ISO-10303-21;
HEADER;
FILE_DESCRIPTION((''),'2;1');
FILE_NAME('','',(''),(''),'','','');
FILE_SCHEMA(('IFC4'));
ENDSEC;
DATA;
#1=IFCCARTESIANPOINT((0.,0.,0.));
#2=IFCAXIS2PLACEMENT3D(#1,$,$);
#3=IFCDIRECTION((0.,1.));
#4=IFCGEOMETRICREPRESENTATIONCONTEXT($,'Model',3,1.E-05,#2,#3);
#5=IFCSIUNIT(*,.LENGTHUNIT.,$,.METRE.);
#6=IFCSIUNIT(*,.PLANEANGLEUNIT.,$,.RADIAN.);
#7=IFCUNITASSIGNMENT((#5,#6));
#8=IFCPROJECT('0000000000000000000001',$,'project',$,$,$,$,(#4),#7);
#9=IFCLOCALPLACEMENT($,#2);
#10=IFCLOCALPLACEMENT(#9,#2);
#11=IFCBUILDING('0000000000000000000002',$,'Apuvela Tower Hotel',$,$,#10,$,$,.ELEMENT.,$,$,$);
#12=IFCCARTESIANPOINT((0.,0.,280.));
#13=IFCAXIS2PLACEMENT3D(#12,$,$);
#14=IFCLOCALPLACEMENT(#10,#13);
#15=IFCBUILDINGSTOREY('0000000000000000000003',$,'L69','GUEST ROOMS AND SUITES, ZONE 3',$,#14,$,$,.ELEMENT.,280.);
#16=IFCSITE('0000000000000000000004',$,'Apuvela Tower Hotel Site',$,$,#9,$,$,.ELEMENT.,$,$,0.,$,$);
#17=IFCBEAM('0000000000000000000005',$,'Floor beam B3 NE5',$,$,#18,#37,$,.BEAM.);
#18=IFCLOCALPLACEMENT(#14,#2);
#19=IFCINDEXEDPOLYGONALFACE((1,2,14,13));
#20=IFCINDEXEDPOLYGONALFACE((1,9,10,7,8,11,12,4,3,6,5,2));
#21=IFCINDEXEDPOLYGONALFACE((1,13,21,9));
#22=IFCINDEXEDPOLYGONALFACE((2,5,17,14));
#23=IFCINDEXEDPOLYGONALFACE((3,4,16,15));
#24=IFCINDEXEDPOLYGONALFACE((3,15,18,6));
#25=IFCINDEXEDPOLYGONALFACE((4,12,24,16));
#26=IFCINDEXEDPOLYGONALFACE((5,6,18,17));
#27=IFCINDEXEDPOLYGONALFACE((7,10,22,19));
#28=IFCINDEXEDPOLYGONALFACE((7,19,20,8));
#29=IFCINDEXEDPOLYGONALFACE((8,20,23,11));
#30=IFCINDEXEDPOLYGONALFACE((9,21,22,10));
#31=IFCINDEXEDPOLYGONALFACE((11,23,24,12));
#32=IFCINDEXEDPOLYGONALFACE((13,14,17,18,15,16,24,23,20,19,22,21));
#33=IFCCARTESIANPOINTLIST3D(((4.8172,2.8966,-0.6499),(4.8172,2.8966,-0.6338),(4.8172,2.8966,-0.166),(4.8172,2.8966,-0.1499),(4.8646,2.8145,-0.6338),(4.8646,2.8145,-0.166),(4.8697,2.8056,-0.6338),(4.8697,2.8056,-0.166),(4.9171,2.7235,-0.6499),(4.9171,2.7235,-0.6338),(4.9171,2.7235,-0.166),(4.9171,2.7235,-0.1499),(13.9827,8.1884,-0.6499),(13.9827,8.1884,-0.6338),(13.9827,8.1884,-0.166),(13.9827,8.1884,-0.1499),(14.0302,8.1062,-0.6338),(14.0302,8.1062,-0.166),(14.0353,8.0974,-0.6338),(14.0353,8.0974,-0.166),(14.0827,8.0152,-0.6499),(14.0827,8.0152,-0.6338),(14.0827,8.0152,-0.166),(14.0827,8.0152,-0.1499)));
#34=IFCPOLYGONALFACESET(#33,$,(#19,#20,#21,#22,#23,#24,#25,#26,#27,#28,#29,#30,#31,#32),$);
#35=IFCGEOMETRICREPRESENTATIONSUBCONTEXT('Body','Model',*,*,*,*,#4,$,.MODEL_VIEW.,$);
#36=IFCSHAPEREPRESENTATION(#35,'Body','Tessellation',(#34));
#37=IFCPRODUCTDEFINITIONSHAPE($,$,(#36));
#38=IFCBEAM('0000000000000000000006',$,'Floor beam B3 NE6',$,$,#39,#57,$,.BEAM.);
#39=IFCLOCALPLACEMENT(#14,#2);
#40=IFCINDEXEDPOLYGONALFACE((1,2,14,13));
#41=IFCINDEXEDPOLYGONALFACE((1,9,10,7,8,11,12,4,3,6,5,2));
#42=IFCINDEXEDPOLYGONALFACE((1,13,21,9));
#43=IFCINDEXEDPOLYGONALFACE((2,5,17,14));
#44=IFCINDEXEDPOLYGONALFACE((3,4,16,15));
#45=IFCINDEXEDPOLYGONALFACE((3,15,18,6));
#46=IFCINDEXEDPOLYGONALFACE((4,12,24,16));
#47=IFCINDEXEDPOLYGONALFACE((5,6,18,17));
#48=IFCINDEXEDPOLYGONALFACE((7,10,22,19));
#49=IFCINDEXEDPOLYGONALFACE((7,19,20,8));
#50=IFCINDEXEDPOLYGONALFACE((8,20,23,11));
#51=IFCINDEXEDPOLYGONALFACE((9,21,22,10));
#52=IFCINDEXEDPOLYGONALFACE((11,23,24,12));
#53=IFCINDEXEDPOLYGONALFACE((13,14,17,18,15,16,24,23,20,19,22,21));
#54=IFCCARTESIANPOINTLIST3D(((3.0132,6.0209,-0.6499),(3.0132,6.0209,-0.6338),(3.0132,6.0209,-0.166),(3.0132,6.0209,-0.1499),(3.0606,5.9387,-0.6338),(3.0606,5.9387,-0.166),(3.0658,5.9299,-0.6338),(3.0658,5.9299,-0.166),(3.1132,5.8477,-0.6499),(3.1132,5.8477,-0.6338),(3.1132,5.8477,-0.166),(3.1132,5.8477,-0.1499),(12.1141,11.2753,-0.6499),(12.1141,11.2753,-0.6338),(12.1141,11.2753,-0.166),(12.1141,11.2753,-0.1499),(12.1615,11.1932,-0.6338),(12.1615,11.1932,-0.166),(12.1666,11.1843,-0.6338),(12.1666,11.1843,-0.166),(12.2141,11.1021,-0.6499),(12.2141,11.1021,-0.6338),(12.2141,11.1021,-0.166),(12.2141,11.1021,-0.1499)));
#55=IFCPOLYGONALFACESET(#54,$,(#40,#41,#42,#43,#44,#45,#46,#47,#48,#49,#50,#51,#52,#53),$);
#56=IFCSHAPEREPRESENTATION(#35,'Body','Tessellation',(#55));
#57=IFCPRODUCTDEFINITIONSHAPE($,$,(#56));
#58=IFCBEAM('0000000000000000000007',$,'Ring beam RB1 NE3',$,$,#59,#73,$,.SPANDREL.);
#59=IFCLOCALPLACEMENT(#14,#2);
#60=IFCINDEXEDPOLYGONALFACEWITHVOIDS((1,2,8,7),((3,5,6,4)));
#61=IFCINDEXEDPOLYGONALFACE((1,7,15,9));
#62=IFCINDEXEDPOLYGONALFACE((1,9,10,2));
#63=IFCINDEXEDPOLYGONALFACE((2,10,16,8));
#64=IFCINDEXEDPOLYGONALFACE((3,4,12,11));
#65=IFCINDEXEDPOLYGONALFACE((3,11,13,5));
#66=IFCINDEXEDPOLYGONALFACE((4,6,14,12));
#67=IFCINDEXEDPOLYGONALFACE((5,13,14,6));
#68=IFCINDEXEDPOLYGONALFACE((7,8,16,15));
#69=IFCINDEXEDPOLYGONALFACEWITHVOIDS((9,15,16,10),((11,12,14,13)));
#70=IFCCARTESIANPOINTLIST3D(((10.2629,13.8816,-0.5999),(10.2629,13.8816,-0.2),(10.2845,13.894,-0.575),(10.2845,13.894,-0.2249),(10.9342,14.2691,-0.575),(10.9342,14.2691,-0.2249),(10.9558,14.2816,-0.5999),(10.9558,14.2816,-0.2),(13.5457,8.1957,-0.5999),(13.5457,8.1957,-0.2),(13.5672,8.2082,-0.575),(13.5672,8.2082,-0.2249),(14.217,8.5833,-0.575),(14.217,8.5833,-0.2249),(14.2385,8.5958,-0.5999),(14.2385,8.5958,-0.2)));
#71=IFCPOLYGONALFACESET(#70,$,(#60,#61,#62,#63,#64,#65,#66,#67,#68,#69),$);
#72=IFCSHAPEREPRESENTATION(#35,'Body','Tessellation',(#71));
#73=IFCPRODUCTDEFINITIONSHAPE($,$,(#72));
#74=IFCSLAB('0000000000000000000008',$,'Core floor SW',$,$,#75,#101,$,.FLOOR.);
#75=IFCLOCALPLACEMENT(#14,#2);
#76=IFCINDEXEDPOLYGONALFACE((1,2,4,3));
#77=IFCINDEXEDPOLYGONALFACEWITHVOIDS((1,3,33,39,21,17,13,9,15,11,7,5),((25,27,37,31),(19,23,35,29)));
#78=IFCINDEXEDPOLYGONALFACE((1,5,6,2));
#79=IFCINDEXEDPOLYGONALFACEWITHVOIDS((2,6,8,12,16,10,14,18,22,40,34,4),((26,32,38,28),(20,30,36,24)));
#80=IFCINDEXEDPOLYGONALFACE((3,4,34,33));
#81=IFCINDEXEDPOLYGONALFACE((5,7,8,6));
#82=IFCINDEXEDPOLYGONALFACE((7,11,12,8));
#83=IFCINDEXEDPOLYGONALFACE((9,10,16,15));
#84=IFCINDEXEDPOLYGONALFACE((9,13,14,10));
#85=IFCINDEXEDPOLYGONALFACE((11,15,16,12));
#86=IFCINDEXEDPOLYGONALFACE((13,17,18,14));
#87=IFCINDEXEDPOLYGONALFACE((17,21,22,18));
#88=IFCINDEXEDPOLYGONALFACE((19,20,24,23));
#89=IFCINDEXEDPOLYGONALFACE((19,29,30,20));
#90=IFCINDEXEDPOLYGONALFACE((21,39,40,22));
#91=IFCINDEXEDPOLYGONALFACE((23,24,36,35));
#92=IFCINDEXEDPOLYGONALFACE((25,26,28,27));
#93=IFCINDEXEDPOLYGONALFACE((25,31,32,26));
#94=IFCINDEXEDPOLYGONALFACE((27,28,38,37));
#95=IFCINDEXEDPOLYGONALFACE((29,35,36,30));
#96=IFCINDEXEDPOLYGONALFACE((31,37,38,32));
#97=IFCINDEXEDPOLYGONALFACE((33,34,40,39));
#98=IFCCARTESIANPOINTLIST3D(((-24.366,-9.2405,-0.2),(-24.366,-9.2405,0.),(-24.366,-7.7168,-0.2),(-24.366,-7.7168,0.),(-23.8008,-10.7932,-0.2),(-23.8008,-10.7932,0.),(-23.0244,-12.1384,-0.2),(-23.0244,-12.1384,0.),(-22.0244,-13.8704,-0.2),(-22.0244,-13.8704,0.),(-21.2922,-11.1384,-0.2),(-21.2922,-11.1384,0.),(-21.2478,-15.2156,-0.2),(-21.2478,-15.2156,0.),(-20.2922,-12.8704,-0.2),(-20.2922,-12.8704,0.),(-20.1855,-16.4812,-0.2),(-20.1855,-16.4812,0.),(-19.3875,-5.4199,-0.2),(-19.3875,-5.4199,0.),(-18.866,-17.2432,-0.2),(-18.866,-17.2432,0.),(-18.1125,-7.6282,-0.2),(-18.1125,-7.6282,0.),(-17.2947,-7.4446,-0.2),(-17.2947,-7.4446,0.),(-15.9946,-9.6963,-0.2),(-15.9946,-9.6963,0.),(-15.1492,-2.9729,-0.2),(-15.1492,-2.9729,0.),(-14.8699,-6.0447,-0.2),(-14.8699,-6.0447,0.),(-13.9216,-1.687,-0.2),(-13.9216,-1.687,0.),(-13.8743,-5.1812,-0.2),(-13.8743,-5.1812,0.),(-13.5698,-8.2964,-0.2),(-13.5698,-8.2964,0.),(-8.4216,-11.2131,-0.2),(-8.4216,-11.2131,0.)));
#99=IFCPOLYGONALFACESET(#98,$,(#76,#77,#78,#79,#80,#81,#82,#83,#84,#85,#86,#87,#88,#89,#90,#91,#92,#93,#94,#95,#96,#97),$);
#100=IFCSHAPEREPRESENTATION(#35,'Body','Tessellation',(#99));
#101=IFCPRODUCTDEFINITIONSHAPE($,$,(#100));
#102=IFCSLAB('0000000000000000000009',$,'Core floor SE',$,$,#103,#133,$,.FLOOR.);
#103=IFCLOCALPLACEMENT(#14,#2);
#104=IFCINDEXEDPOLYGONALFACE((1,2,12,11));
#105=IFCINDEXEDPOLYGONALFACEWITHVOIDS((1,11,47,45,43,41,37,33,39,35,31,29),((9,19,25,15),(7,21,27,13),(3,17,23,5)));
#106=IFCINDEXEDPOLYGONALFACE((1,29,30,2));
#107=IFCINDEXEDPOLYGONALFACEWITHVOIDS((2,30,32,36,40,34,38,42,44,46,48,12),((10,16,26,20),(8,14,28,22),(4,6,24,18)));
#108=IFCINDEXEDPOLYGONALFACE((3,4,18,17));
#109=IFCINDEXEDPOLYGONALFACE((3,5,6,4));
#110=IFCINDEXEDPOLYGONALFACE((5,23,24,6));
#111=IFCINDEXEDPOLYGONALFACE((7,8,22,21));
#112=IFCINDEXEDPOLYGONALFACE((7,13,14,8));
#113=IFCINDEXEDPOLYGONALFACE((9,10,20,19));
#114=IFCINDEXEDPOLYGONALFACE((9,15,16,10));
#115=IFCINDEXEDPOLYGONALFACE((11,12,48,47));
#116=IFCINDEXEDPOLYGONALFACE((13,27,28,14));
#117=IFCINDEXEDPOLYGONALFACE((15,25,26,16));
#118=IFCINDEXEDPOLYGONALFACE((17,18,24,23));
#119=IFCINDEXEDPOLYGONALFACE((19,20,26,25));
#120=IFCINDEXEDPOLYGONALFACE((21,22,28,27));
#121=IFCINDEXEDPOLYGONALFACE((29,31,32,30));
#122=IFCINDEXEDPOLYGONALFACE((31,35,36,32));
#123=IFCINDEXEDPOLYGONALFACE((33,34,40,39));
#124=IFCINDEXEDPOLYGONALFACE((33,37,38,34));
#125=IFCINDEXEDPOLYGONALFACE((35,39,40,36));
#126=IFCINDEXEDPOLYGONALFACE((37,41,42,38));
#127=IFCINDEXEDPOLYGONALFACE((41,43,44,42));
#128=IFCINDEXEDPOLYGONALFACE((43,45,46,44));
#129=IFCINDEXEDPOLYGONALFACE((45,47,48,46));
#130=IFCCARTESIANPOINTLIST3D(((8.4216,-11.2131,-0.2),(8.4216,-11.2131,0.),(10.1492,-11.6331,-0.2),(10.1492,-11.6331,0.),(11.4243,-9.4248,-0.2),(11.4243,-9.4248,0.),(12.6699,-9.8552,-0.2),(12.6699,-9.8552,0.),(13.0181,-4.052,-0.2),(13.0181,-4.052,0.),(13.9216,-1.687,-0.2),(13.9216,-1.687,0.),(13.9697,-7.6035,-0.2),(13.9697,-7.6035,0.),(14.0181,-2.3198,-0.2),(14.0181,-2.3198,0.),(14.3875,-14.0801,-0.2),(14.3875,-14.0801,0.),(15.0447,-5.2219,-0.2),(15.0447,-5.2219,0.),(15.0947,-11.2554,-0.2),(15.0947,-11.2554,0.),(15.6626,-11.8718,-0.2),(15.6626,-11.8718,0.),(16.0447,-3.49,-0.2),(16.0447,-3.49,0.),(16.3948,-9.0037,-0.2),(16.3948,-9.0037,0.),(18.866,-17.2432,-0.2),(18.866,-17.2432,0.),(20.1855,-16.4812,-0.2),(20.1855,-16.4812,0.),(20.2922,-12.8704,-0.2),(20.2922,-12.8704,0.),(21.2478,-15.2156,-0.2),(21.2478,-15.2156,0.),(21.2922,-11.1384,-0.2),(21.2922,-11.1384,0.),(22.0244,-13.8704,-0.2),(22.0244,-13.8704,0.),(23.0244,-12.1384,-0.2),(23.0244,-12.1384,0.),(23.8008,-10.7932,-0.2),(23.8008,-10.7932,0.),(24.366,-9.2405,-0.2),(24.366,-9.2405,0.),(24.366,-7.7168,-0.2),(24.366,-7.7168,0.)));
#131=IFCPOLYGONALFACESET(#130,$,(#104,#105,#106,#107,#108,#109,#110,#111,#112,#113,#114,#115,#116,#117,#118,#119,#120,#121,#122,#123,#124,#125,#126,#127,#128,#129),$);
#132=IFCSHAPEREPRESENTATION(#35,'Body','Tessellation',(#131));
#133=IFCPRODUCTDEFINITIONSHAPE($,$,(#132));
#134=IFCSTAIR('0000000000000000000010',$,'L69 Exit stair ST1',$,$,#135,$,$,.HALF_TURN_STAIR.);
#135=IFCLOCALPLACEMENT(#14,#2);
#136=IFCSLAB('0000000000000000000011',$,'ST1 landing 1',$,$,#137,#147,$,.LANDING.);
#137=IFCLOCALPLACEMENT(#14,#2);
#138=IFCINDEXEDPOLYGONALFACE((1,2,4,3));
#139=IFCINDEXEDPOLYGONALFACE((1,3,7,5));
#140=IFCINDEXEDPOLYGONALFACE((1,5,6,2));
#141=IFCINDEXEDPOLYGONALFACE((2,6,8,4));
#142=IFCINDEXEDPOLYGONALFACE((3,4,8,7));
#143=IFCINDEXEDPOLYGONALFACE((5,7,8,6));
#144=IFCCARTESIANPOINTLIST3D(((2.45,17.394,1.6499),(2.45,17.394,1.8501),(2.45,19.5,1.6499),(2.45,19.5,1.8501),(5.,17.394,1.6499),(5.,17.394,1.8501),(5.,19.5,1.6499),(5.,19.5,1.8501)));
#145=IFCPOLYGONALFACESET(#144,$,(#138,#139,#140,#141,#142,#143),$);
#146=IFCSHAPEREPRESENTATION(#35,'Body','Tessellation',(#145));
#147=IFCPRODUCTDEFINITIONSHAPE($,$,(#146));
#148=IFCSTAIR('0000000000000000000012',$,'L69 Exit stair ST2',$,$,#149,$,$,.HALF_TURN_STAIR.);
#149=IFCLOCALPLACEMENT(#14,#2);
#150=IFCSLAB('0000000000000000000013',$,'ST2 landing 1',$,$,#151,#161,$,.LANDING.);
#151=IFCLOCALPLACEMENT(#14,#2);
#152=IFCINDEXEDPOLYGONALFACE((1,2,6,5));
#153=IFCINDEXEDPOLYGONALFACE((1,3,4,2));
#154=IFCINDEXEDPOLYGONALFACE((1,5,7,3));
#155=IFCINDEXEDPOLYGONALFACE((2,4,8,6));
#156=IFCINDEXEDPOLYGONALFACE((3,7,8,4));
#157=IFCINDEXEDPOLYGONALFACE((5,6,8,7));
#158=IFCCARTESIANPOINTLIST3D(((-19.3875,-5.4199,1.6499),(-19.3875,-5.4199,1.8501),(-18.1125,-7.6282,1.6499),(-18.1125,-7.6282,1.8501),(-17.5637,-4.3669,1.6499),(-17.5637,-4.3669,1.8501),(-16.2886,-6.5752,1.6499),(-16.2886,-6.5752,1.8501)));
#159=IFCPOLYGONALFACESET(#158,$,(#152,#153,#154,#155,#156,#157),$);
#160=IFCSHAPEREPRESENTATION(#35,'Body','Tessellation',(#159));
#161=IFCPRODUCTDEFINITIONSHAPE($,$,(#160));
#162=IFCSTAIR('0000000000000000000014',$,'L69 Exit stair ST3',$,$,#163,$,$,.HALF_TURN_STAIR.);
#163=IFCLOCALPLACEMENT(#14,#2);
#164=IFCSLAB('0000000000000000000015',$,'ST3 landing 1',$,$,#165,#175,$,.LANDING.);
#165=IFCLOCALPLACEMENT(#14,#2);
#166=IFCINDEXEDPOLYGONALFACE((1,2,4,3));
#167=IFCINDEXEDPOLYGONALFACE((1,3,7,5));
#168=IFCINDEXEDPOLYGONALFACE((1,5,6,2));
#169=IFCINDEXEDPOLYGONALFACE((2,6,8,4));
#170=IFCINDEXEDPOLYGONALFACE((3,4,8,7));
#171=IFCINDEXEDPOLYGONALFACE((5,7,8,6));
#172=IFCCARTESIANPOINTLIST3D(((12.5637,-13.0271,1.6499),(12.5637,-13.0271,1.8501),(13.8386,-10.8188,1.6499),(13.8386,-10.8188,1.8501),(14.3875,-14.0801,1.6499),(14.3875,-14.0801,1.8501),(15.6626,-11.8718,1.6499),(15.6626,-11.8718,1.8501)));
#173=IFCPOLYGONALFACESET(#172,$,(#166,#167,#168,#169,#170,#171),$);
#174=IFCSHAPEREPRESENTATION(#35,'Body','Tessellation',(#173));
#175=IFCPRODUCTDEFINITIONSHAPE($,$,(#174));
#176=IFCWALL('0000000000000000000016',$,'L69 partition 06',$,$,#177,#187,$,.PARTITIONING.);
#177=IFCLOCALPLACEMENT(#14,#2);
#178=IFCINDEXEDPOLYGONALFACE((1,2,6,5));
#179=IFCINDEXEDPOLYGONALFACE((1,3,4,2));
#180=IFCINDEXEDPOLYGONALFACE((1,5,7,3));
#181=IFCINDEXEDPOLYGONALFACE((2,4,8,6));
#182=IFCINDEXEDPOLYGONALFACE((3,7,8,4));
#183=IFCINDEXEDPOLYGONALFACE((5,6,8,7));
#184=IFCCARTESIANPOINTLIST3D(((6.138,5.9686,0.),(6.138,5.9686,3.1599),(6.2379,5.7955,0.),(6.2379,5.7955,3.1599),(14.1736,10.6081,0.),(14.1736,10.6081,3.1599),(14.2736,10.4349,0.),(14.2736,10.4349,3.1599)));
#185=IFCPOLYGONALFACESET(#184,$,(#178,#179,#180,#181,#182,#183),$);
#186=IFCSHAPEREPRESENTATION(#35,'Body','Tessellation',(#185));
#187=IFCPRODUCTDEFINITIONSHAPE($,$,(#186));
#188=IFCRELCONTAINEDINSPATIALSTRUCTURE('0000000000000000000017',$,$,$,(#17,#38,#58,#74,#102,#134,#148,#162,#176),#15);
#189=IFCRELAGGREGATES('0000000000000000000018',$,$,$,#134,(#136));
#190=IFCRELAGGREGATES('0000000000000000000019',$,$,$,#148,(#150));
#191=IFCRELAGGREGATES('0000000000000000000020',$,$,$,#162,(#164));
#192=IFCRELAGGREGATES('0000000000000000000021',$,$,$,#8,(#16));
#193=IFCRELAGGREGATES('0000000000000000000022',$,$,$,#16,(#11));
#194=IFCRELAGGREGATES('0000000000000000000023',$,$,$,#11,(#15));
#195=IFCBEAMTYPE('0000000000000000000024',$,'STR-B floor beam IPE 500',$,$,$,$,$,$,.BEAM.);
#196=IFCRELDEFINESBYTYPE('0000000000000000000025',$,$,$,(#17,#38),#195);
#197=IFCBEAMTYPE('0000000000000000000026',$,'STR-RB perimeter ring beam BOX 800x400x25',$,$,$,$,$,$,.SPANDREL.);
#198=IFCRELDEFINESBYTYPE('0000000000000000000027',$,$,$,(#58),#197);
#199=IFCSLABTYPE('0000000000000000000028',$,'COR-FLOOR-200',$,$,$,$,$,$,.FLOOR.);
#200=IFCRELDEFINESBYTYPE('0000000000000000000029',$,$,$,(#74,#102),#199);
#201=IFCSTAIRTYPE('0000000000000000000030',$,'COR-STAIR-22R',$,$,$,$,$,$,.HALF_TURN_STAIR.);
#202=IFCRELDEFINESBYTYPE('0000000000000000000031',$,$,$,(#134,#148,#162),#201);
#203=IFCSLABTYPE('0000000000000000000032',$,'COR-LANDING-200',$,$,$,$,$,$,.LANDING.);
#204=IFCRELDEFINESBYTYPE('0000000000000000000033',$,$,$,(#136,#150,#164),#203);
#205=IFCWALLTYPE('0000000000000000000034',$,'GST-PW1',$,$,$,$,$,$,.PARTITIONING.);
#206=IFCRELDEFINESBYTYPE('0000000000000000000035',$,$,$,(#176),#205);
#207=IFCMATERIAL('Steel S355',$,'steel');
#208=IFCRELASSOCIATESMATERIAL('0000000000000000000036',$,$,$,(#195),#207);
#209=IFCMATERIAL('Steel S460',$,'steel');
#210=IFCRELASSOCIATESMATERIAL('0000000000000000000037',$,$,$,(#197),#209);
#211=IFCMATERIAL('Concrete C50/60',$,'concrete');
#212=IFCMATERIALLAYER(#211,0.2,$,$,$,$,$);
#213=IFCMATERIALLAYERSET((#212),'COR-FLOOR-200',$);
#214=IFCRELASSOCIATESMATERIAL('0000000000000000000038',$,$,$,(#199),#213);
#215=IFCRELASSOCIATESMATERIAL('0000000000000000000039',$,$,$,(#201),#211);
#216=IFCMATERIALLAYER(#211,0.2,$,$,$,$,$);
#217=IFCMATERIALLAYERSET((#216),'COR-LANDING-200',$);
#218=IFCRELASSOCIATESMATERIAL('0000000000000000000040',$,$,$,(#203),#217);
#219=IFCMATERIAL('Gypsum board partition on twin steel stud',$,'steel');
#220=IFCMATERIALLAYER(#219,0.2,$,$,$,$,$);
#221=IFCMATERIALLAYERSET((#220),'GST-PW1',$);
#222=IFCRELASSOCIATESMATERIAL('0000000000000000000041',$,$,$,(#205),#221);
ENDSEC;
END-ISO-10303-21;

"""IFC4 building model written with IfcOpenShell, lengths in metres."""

from ifc_helpers import new_model, si_unit, direction, frame, frame_2d, origin, origin_2d, place, context, subcontext, project, spatial, polyline, rectangle, hollow_rectangle, i_section, outline, extrude, material, layer, layer_set, material_profile, profile_set, type_object, element, aggregate, save


model = new_model("IFC4")

# Units and contexts
model_context = context("Model", 3, precision=1e-05, world=origin(), true_north=direction((0.0, 1.0)))
body_context = subcontext(model_context, "Body", "Model", "MODEL_VIEW")
ifc_project = project(units=[si_unit("LENGTHUNIT", "METRE"), si_unit("PLANEANGLEUNIT", "RADIAN")], contexts=[model_context])

# Site, building, storey
site_placement = place(None, origin())
site = spatial("IfcSite", under=ifc_project, at=site_placement, Name="Apuvela Tower Hotel Site", CompositionType="ELEMENT", RefElevation=0.0)
building_placement = place(site_placement, origin())
building = spatial("IfcBuilding", under=site, at=building_placement, Name="Apuvela Tower Hotel", CompositionType="ELEMENT")
storey_placement = place(building_placement, frame((0.0, 0.0, 280.0)))
storey = spatial("IfcBuildingStorey", under=building, at=storey_placement, Name="L69", Description="GUEST ROOMS AND SUITES, ZONE 3", CompositionType="ELEMENT", Elevation=280.0)

# Beams
ifc_material_1 = material(Name="Steel S355", Category="steel")
ifc_material_profile_1 = material_profile(ifc_material_1, i_section(OverallWidth=0.2, OverallDepth=0.5, WebThickness=0.0103, FlangeThickness=0.0161, at=origin_2d()), Name="IPE 500")
ifc_profile_set_1 = profile_set([ifc_material_profile_1], Name="Steel S355")
beam_type_1 = type_object("IfcBeamType", Name="STR-B floor beam IPE 500", PredefinedType="BEAM", material=ifc_profile_set_1)
beam_1_placement = place(storey_placement, frame((14.0327, 8.1018, -0.3999), z_axis=(-0.866024, -0.500002, 0.0), x_axis=(0.500002, -0.866024, 0.0)))
element("IfcBeam", 1, at=beam_1_placement, inside=storey, type_object=beam_type_1, Name="Floor beam B3 NE5", PredefinedType="BEAM", context=body_context, shape_type="SweptSolid", body=[
    extrude(i_section(OverallWidth=0.2, OverallDepth=0.5, WebThickness=0.0103, FlangeThickness=0.0161, at=origin_2d()), origin(), (0.0, 0.0, 1.0), 10.5835),
])
beam_2_placement = place(storey_placement, frame((12.1641, 11.1887, -0.3999), z_axis=(-0.866024, -0.500002, 0.0), x_axis=(0.500002, -0.866024, 0.0)))
element("IfcBeam", 2, at=beam_2_placement, inside=storey, type_object=beam_type_1, Name="Floor beam B3 NE6", PredefinedType="BEAM", context=body_context, shape_type="SweptSolid", body=[
    extrude(i_section(OverallWidth=0.2, OverallDepth=0.5, WebThickness=0.0103, FlangeThickness=0.0161, at=origin_2d()), origin(), (0.0, 0.0, 1.0), 10.5088),
])
ifc_material_2 = material(Name="Steel S460", Category="steel")
ifc_material_profile_2 = material_profile(ifc_material_2, hollow_rectangle(XDim=0.8, YDim=0.3999, WallThickness=0.0249, at=origin_2d()), Name="BOX 800x400x25")
ifc_profile_set_2 = profile_set([ifc_material_profile_2], Name="Steel S460")
beam_type_2 = type_object("IfcBeamType", Name="STR-RB perimeter ring beam BOX 800x400x25", PredefinedType="SPANDREL", material=ifc_profile_set_2)
beam_3_placement = place(storey_placement, frame((13.8921, 8.3958, -0.3999), z_axis=(-0.500002, 0.866024, 0.0), x_axis=(-0.866024, -0.500002, 0.0)))
element("IfcBeam", 3, at=beam_3_placement, inside=storey, type_object=beam_type_2, Name="Ring beam RB1 NE3", PredefinedType="SPANDREL", context=body_context, shape_type="SweptSolid", body=[
    extrude(hollow_rectangle(XDim=0.8, YDim=0.3999, WallThickness=0.0249, at=origin_2d()), origin(), (0.0, 0.0, 1.0), 6.5654),
])

# Slabs
ifc_material_3 = material(Name="Concrete C50/60", Category="concrete")
ifc_layer_1 = layer(ifc_material_3, 0.2)
ifc_layer_set_1 = layer_set([ifc_layer_1], Name="COR-FLOOR-200")
slab_type_1 = type_object("IfcSlabType", Name="COR-FLOOR-200", PredefinedType="FLOOR", material=ifc_layer_set_1)
slab_1_placement = place(storey_placement, frame((0.0, 0.0, -0.2)))
element("IfcSlab", 4, at=slab_1_placement, inside=storey, type_object=slab_type_1, Name="Core floor SW", PredefinedType="FLOOR", context=body_context, shape_type="SweptSolid", body=[
    extrude(outline(polyline([(-24.366, -7.7168), (-24.366, -9.2405), (-23.8008, -10.7932), (-23.0244, -12.1384), (-21.2922, -11.1384), (-20.2922, -12.8704), (-22.0244, -13.8704), (-21.2478, -15.2156), (-20.1855, -16.4812), (-18.866, -17.2432), (-8.4216, -11.2131), (-13.9216, -1.687), (-24.366, -7.7168)]), holes=[polyline([(-13.8743, -5.1812), (-18.1125, -7.6282), (-19.3875, -5.4199), (-15.1492, -2.9729), (-13.8743, -5.1812)]), polyline([(-13.5698, -8.2964), (-15.9946, -9.6963), (-17.2947, -7.4446), (-14.8699, -6.0447), (-13.5698, -8.2964)])]), origin(), (0.0, 0.0, 1.0), 0.2),
])
slab_2_placement = place(storey_placement, frame((0.0, 0.0, -0.2)))
element("IfcSlab", 5, at=slab_2_placement, inside=storey, type_object=slab_type_1, Name="Core floor SE", PredefinedType="FLOOR", context=body_context, shape_type="SweptSolid", body=[
    extrude(outline(polyline([(18.866, -17.2432), (20.1855, -16.4812), (21.2478, -15.2156), (22.0244, -13.8704), (20.2922, -12.8704), (21.2922, -11.1384), (23.0244, -12.1384), (23.8008, -10.7932), (24.366, -9.2405), (24.366, -7.7168), (13.9216, -1.687), (8.4216, -11.2131), (18.866, -17.2432)]), holes=[polyline([(14.0181, -2.3198), (16.0447, -3.49), (15.0447, -5.2219), (13.0181, -4.052), (14.0181, -2.3198)]), polyline([(10.1492, -11.6331), (11.4243, -9.4248), (15.6626, -11.8718), (14.3875, -14.0801), (10.1492, -11.6331)]), polyline([(12.6699, -9.8552), (13.9697, -7.6035), (16.3948, -9.0037), (15.0947, -11.2554), (12.6699, -9.8552)])]), origin(), (0.0, 0.0, 1.0), 0.2),
])

# Stairs, slabs
stair_type = type_object("IfcStairType", Name="COR-STAIR-22R", PredefinedType="HALF_TURN_STAIR", material=ifc_material_3)
stair_1_placement = place(storey_placement, origin())
stair_1 = element("IfcStair", 6, at=stair_1_placement, inside=storey, type_object=stair_type, Name="L69 Exit stair ST1", PredefinedType="HALF_TURN_STAIR")
ifc_layer_2 = layer(ifc_material_3, 0.2)
ifc_layer_set_2 = layer_set([ifc_layer_2], Name="COR-LANDING-200")
slab_type_2 = type_object("IfcSlabType", Name="COR-LANDING-200", PredefinedType="LANDING", material=ifc_layer_set_2)
slab_3_placement = place(storey_placement, frame((0.0, 0.0, 1.6499)))
slab_3 = element("IfcSlab", 7, at=slab_3_placement, type_object=slab_type_2, Name="ST1 landing 1", PredefinedType="LANDING", context=body_context, shape_type="SweptSolid", body=[
    extrude(outline(polyline([(5.0, 17.394), (5.0, 19.5), (2.45, 19.5), (2.45, 17.394), (5.0, 17.394)])), origin(), (0.0, 0.0, 1.0), 0.2002),
])
aggregate(stair_1, [slab_3])
stair_2_placement = place(storey_placement, origin())
stair_2 = element("IfcStair", 8, at=stair_2_placement, inside=storey, type_object=stair_type, Name="L69 Exit stair ST2", PredefinedType="HALF_TURN_STAIR")
slab_4_placement = place(storey_placement, frame((0.0, 0.0, 1.6499)))
slab_4 = element("IfcSlab", 9, at=slab_4_placement, type_object=slab_type_2, Name="ST2 landing 1", PredefinedType="LANDING", context=body_context, shape_type="SweptSolid", body=[
    extrude(outline(polyline([(-17.5637, -4.3669), (-19.3875, -5.4199), (-18.1125, -7.6282), (-16.2886, -6.5752), (-17.5637, -4.3669)])), origin(), (0.0, 0.0, 1.0), 0.2002),
])
aggregate(stair_2, [slab_4])
stair_3_placement = place(storey_placement, origin())
stair_3 = element("IfcStair", 10, at=stair_3_placement, inside=storey, type_object=stair_type, Name="L69 Exit stair ST3", PredefinedType="HALF_TURN_STAIR")
slab_5_placement = place(storey_placement, frame((0.0, 0.0, 1.6499)))
slab_5 = element("IfcSlab", 11, at=slab_5_placement, type_object=slab_type_2, Name="ST3 landing 1", PredefinedType="LANDING", context=body_context, shape_type="SweptSolid", body=[
    extrude(outline(polyline([(12.5637, -13.0271), (14.3875, -14.0801), (15.6626, -11.8718), (13.8386, -10.8188), (12.5637, -13.0271)])), origin(), (0.0, 0.0, 1.0), 0.2002),
])
aggregate(stair_3, [slab_5])

# Wall
ifc_material_4 = material(Name="Gypsum board partition on twin steel stud", Category="steel")
ifc_layer_3 = layer(ifc_material_4, 0.2)
ifc_layer_set_3 = layer_set([ifc_layer_3], Name="GST-PW1")
wall_type_1 = type_object("IfcWallType", Name="GST-PW1", PredefinedType="PARTITIONING", material=ifc_layer_set_3)
wall_1_placement = place(storey_placement, frame((14.2236, 10.5215, 0.0), z_axis=(0.0, 0.0, 1.0), x_axis=(-0.866024, -0.500002, 0.0)))
element("IfcWall", 12, at=wall_1_placement, inside=storey, type_object=wall_type_1, Name="L69 partition 06", PredefinedType="PARTITIONING", context=body_context, shape_type="SweptSolid", body=[
    extrude(rectangle(XDim=9.2788, YDim=0.2, at=frame_2d((4.6394, 0.0))), origin(), (0.0, 0.0, 1.0), 3.1599),
])

save(model, "model.ifc")
